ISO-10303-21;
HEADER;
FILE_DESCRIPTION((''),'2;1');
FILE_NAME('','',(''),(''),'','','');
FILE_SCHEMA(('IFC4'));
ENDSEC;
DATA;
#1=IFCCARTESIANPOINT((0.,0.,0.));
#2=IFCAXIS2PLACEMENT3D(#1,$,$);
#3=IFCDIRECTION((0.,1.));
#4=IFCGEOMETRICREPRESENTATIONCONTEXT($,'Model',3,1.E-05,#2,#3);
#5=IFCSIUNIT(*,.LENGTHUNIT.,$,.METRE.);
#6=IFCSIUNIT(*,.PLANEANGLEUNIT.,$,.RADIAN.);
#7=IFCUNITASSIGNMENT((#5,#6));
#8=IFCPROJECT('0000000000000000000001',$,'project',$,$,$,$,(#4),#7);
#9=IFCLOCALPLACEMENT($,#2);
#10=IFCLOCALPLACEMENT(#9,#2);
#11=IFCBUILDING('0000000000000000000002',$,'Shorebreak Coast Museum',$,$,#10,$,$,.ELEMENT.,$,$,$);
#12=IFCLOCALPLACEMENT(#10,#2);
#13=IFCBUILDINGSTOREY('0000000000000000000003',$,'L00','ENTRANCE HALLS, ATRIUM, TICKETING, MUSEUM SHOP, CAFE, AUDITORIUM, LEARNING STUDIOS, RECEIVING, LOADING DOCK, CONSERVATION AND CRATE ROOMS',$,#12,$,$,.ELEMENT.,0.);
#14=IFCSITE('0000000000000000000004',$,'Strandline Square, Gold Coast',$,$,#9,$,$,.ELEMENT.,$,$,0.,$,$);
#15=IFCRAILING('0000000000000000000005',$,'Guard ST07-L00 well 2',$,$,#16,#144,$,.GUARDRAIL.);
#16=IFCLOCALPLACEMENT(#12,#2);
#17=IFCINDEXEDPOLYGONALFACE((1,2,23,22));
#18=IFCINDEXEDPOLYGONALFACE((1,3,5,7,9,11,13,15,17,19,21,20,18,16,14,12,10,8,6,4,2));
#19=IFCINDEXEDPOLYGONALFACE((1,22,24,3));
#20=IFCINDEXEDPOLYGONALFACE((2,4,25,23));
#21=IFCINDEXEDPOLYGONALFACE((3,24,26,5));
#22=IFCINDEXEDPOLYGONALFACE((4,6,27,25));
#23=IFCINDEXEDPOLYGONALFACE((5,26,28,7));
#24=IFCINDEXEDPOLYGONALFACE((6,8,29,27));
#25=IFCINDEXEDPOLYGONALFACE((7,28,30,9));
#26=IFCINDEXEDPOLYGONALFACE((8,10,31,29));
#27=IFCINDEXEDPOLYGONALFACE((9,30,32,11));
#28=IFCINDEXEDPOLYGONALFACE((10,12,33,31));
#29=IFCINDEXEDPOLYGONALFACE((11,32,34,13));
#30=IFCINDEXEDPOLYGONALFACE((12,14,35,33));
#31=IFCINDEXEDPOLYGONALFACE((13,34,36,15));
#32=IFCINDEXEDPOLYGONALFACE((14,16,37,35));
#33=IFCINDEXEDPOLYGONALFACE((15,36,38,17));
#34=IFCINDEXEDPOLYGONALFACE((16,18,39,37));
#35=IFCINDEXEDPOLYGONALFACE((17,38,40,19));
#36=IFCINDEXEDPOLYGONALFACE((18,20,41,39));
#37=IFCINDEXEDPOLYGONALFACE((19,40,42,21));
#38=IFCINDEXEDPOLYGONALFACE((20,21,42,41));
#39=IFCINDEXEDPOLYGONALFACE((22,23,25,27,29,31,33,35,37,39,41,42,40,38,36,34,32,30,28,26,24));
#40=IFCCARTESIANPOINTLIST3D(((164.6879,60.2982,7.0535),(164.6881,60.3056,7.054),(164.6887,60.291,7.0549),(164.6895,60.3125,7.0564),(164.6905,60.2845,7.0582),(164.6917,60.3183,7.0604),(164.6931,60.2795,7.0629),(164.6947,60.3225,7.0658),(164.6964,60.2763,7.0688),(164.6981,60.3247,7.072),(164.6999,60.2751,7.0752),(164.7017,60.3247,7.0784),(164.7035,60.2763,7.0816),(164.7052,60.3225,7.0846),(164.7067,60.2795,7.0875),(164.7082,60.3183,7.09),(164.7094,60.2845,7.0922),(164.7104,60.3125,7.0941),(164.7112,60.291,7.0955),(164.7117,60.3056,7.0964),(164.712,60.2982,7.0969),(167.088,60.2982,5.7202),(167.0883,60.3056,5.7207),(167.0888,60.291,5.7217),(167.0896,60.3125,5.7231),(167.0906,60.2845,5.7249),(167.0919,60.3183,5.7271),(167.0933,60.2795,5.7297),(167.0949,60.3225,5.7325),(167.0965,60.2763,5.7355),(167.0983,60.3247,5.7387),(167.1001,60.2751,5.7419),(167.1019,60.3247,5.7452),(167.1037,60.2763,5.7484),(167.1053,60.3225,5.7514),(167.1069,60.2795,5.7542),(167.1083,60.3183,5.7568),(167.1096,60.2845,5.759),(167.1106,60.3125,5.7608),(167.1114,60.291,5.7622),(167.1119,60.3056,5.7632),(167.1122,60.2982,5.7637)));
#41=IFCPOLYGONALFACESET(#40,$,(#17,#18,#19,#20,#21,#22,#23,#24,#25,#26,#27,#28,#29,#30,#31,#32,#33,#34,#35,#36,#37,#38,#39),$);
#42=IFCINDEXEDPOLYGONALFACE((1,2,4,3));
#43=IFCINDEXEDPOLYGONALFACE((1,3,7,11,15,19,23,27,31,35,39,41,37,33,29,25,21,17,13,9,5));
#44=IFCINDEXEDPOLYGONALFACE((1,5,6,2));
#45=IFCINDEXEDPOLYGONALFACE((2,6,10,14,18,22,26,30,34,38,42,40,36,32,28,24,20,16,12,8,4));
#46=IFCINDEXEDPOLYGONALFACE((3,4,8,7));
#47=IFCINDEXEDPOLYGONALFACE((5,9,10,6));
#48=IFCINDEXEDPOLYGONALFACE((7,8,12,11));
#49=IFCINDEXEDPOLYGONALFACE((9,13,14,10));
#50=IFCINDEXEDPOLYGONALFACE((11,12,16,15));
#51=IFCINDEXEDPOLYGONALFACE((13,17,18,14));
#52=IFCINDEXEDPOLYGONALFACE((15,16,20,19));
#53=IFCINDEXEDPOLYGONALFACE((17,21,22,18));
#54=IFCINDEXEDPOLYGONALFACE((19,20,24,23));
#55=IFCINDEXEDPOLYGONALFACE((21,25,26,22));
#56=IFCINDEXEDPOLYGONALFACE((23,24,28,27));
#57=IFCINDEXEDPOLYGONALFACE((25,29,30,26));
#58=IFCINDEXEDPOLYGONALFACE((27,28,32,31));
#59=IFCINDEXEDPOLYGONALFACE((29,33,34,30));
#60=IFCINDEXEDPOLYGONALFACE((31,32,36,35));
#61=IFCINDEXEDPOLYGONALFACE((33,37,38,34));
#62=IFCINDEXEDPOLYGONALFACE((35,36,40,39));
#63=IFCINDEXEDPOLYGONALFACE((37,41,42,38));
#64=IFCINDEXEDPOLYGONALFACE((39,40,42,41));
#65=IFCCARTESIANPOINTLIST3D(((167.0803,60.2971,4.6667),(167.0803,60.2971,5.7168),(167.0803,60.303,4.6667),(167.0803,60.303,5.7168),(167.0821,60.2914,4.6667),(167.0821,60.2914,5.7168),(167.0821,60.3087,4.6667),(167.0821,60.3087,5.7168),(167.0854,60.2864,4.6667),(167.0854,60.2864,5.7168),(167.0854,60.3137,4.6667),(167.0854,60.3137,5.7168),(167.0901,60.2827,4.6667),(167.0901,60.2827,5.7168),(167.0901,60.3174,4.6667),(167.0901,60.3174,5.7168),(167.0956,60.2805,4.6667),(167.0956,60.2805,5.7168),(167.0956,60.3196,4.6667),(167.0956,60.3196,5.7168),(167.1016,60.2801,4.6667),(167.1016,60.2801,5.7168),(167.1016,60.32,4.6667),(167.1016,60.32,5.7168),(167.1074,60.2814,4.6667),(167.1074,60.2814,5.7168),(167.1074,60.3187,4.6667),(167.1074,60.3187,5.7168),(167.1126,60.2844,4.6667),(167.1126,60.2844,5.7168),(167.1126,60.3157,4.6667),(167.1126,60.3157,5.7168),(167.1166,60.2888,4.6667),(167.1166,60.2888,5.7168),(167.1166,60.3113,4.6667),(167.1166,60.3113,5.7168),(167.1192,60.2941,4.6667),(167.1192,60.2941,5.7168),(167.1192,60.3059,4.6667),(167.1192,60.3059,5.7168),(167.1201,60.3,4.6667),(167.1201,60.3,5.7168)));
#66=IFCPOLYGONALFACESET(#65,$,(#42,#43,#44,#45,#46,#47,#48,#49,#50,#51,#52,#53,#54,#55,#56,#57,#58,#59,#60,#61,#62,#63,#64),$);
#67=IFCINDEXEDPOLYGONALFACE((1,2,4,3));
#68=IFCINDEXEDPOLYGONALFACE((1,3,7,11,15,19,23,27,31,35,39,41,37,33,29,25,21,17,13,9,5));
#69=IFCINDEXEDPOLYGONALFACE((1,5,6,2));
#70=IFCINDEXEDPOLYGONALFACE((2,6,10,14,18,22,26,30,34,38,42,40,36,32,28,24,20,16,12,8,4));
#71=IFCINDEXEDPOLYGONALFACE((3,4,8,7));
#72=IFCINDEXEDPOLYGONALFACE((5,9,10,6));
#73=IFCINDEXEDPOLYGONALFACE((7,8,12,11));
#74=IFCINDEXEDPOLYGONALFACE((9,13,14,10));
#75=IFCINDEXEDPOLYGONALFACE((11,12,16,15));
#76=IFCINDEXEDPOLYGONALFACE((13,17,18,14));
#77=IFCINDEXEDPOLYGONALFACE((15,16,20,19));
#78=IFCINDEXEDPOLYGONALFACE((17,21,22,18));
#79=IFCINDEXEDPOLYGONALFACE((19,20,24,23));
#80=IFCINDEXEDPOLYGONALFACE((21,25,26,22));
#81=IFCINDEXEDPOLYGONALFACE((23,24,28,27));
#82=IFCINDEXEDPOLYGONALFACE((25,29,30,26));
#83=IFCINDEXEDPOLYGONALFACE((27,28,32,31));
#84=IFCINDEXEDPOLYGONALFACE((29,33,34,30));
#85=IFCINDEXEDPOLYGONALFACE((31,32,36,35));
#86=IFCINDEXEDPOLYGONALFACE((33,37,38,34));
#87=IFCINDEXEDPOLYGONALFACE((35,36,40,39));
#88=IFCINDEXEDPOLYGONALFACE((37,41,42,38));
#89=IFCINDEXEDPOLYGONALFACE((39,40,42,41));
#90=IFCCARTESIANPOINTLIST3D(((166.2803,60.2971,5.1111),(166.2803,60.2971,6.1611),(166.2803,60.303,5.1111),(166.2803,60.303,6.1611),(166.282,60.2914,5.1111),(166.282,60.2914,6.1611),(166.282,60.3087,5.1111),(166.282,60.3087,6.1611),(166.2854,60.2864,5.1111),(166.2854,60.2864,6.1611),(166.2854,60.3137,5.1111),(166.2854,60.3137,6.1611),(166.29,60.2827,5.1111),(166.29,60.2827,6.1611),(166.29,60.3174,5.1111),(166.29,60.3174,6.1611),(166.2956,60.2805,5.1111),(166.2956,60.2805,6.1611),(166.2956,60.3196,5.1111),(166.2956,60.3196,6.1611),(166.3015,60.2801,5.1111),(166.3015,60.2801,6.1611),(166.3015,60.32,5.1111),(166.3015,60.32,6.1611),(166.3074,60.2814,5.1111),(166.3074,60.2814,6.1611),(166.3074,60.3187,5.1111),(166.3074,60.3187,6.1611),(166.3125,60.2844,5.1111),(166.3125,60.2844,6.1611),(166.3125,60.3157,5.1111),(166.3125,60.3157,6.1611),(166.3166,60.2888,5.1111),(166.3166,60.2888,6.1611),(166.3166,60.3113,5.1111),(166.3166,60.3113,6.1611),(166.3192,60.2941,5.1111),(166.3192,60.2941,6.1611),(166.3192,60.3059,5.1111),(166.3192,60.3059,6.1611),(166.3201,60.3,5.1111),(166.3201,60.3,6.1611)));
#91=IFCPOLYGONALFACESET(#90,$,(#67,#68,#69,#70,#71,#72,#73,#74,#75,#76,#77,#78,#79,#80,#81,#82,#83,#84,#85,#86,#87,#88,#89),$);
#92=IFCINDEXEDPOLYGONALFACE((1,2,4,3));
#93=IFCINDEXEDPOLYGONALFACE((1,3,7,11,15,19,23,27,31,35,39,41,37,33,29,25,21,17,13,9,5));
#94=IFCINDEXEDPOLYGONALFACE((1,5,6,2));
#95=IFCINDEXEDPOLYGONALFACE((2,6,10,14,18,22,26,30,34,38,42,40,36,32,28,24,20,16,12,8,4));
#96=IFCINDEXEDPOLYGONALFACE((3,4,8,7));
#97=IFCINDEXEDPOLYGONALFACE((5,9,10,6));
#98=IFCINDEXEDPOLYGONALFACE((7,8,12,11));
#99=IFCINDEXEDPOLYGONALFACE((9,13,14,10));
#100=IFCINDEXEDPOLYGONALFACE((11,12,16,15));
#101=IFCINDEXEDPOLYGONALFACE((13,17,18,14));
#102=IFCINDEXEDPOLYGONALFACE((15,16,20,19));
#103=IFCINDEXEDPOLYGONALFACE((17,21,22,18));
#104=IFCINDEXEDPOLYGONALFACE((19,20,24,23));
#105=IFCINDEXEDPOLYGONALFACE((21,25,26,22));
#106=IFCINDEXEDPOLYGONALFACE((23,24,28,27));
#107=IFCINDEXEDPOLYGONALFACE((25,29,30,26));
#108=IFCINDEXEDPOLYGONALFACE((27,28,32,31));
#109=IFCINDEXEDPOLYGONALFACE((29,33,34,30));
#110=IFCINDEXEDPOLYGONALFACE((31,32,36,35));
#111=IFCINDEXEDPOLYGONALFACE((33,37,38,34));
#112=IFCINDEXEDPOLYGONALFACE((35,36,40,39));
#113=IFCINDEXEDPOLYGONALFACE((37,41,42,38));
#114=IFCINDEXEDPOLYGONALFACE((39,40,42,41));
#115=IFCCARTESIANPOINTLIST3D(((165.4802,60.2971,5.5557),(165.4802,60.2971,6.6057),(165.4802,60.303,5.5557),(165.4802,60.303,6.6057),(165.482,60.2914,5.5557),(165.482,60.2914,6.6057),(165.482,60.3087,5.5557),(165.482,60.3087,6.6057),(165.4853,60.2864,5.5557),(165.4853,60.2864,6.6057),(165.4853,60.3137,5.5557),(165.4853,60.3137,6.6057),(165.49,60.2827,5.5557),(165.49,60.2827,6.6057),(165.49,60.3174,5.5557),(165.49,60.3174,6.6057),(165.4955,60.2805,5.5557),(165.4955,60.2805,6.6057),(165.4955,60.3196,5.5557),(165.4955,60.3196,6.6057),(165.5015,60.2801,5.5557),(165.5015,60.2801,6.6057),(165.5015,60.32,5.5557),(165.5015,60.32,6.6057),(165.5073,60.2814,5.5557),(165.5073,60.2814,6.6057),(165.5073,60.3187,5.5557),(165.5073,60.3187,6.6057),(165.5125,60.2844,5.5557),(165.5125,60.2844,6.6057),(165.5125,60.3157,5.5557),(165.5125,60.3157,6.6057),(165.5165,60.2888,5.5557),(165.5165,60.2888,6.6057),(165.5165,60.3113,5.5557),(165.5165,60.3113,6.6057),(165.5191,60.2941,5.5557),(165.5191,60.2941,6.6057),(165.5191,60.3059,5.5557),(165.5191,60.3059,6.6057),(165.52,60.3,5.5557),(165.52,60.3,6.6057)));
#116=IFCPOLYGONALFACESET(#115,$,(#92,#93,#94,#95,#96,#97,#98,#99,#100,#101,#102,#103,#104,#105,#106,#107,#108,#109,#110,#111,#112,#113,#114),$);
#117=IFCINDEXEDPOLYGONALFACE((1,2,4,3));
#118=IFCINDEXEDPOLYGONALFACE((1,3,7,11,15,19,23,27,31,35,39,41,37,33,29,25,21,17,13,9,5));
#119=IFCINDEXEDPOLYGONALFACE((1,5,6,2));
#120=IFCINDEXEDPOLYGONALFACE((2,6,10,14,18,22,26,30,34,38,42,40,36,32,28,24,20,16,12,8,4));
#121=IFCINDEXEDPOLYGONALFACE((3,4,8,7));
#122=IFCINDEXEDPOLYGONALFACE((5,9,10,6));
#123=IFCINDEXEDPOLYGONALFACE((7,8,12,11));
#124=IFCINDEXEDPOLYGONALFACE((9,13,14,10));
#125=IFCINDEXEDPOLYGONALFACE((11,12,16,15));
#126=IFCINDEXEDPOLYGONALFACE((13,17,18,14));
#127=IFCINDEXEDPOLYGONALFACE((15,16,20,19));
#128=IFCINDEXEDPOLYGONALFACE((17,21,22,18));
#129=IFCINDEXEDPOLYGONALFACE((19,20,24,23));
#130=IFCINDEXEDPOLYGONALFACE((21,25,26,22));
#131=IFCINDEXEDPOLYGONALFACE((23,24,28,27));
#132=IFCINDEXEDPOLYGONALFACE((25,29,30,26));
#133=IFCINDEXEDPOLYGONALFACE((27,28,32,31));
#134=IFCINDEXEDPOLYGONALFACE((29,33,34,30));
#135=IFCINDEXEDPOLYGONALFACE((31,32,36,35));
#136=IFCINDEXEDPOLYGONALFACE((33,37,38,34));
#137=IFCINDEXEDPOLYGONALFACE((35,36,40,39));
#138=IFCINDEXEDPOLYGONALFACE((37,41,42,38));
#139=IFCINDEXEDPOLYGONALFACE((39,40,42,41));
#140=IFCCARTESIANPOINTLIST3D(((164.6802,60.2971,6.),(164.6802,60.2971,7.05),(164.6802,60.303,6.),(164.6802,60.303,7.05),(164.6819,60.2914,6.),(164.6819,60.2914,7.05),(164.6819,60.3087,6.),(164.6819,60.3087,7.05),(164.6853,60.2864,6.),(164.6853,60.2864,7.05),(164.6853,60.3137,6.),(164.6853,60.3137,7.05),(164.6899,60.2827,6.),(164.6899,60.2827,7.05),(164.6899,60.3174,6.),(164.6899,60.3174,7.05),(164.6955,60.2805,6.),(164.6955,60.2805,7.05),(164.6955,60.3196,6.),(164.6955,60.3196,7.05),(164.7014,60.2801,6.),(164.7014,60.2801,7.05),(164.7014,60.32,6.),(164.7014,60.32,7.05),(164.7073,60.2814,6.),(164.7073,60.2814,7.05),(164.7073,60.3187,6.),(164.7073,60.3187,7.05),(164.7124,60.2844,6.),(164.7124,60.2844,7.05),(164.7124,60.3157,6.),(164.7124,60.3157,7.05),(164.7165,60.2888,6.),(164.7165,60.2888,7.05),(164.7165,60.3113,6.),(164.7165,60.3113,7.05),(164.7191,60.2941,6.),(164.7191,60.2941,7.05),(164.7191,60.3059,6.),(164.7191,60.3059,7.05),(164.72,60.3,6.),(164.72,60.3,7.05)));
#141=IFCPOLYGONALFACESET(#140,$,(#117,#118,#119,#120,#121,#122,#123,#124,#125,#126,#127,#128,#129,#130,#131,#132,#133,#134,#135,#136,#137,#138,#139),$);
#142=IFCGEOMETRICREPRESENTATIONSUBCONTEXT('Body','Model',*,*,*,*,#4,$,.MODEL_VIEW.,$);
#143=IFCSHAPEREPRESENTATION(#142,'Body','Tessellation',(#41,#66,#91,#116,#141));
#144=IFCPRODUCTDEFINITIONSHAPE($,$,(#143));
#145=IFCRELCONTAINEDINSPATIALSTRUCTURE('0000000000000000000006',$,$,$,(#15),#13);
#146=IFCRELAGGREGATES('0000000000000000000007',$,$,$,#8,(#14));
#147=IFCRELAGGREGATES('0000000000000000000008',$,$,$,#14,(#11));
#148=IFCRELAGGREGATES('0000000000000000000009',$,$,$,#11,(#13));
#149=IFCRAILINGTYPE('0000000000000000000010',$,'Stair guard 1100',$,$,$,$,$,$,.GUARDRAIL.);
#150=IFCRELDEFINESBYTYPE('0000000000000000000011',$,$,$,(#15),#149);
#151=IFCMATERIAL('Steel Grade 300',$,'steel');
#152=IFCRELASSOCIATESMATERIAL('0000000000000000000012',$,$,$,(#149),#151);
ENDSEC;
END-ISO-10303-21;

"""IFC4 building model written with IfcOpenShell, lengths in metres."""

from ifc_helpers import new_model, si_unit, direction, frame, origin, origin_2d, place, context, subcontext, project, spatial, circle, extrude, material, type_object, element, save


model = new_model("IFC4")

# Units and contexts
model_context = context("Model", 3, precision=1e-05, world=origin(), true_north=direction((0.0, 1.0)))
body_context = subcontext(model_context, "Body", "Model", "MODEL_VIEW")
ifc_project = project(units=[si_unit("LENGTHUNIT", "METRE"), si_unit("PLANEANGLEUNIT", "RADIAN")], contexts=[model_context])

# Site, building, storey
site_placement = place(None, origin())
site = spatial("IfcSite", under=ifc_project, at=site_placement, Name="Strandline Square, Gold Coast", CompositionType="ELEMENT", RefElevation=0.0)
building_placement = place(site_placement, origin())
building = spatial("IfcBuilding", under=site, at=building_placement, Name="Shorebreak Coast Museum", CompositionType="ELEMENT")
storey_placement = place(building_placement, origin())
storey = spatial("IfcBuildingStorey", under=building, at=storey_placement, Name="L00", Description="ENTRANCE HALLS, ATRIUM, TICKETING, MUSEUM SHOP, CAFE, AUDITORIUM, LEARNING STUDIOS, RECEIVING, LOADING DOCK, CONSERVATION AND CRATE ROOMS", CompositionType="ELEMENT", Elevation=0.0)

# Railing
ifc_material_1 = material(Name="Steel Grade 300", Category="steel")
railing_type_1 = type_object("IfcRailingType", Name="Stair guard 1100", PredefinedType="GUARDRAIL", material=ifc_material_1)
for number, where, name in (
    (1, (167.1001, 60.3, 4.6667), "Guard ST07-L00 well 2"),
):
    element("IfcRailing", number, at=place(storey_placement, frame(where)), inside=storey, type_object=railing_type_1, Name=name, PredefinedType="GUARDRAIL", context=body_context, shape_type="SweptSolid", body=[
        extrude(circle(Radius=0.0249, at=origin_2d()), frame((0.0, 0.0, 1.0752), z_axis=(-0.874182, 0.0, 0.485598), x_axis=(0.0, -1.0, 0.0)), (0.0, 0.0, 1.0), 2.7456),
        extrude(circle(Radius=0.02, at=origin_2d()), origin(), (0.0, 0.0, 1.0), 1.05),
        extrude(circle(Radius=0.02, at=origin_2d()), frame((-0.8, 0.0, 0.4443)), (0.0, 0.0, 1.0), 1.05),
        extrude(circle(Radius=0.02, at=origin_2d()), frame((-1.6001, 0.0, 0.8889)), (0.0, 0.0, 1.0), 1.05),
        extrude(circle(Radius=0.02, at=origin_2d()), frame((-2.4001, 0.0, 1.3333)), (0.0, 0.0, 1.0), 1.05),
    ])

save(model, "model.ifc")
